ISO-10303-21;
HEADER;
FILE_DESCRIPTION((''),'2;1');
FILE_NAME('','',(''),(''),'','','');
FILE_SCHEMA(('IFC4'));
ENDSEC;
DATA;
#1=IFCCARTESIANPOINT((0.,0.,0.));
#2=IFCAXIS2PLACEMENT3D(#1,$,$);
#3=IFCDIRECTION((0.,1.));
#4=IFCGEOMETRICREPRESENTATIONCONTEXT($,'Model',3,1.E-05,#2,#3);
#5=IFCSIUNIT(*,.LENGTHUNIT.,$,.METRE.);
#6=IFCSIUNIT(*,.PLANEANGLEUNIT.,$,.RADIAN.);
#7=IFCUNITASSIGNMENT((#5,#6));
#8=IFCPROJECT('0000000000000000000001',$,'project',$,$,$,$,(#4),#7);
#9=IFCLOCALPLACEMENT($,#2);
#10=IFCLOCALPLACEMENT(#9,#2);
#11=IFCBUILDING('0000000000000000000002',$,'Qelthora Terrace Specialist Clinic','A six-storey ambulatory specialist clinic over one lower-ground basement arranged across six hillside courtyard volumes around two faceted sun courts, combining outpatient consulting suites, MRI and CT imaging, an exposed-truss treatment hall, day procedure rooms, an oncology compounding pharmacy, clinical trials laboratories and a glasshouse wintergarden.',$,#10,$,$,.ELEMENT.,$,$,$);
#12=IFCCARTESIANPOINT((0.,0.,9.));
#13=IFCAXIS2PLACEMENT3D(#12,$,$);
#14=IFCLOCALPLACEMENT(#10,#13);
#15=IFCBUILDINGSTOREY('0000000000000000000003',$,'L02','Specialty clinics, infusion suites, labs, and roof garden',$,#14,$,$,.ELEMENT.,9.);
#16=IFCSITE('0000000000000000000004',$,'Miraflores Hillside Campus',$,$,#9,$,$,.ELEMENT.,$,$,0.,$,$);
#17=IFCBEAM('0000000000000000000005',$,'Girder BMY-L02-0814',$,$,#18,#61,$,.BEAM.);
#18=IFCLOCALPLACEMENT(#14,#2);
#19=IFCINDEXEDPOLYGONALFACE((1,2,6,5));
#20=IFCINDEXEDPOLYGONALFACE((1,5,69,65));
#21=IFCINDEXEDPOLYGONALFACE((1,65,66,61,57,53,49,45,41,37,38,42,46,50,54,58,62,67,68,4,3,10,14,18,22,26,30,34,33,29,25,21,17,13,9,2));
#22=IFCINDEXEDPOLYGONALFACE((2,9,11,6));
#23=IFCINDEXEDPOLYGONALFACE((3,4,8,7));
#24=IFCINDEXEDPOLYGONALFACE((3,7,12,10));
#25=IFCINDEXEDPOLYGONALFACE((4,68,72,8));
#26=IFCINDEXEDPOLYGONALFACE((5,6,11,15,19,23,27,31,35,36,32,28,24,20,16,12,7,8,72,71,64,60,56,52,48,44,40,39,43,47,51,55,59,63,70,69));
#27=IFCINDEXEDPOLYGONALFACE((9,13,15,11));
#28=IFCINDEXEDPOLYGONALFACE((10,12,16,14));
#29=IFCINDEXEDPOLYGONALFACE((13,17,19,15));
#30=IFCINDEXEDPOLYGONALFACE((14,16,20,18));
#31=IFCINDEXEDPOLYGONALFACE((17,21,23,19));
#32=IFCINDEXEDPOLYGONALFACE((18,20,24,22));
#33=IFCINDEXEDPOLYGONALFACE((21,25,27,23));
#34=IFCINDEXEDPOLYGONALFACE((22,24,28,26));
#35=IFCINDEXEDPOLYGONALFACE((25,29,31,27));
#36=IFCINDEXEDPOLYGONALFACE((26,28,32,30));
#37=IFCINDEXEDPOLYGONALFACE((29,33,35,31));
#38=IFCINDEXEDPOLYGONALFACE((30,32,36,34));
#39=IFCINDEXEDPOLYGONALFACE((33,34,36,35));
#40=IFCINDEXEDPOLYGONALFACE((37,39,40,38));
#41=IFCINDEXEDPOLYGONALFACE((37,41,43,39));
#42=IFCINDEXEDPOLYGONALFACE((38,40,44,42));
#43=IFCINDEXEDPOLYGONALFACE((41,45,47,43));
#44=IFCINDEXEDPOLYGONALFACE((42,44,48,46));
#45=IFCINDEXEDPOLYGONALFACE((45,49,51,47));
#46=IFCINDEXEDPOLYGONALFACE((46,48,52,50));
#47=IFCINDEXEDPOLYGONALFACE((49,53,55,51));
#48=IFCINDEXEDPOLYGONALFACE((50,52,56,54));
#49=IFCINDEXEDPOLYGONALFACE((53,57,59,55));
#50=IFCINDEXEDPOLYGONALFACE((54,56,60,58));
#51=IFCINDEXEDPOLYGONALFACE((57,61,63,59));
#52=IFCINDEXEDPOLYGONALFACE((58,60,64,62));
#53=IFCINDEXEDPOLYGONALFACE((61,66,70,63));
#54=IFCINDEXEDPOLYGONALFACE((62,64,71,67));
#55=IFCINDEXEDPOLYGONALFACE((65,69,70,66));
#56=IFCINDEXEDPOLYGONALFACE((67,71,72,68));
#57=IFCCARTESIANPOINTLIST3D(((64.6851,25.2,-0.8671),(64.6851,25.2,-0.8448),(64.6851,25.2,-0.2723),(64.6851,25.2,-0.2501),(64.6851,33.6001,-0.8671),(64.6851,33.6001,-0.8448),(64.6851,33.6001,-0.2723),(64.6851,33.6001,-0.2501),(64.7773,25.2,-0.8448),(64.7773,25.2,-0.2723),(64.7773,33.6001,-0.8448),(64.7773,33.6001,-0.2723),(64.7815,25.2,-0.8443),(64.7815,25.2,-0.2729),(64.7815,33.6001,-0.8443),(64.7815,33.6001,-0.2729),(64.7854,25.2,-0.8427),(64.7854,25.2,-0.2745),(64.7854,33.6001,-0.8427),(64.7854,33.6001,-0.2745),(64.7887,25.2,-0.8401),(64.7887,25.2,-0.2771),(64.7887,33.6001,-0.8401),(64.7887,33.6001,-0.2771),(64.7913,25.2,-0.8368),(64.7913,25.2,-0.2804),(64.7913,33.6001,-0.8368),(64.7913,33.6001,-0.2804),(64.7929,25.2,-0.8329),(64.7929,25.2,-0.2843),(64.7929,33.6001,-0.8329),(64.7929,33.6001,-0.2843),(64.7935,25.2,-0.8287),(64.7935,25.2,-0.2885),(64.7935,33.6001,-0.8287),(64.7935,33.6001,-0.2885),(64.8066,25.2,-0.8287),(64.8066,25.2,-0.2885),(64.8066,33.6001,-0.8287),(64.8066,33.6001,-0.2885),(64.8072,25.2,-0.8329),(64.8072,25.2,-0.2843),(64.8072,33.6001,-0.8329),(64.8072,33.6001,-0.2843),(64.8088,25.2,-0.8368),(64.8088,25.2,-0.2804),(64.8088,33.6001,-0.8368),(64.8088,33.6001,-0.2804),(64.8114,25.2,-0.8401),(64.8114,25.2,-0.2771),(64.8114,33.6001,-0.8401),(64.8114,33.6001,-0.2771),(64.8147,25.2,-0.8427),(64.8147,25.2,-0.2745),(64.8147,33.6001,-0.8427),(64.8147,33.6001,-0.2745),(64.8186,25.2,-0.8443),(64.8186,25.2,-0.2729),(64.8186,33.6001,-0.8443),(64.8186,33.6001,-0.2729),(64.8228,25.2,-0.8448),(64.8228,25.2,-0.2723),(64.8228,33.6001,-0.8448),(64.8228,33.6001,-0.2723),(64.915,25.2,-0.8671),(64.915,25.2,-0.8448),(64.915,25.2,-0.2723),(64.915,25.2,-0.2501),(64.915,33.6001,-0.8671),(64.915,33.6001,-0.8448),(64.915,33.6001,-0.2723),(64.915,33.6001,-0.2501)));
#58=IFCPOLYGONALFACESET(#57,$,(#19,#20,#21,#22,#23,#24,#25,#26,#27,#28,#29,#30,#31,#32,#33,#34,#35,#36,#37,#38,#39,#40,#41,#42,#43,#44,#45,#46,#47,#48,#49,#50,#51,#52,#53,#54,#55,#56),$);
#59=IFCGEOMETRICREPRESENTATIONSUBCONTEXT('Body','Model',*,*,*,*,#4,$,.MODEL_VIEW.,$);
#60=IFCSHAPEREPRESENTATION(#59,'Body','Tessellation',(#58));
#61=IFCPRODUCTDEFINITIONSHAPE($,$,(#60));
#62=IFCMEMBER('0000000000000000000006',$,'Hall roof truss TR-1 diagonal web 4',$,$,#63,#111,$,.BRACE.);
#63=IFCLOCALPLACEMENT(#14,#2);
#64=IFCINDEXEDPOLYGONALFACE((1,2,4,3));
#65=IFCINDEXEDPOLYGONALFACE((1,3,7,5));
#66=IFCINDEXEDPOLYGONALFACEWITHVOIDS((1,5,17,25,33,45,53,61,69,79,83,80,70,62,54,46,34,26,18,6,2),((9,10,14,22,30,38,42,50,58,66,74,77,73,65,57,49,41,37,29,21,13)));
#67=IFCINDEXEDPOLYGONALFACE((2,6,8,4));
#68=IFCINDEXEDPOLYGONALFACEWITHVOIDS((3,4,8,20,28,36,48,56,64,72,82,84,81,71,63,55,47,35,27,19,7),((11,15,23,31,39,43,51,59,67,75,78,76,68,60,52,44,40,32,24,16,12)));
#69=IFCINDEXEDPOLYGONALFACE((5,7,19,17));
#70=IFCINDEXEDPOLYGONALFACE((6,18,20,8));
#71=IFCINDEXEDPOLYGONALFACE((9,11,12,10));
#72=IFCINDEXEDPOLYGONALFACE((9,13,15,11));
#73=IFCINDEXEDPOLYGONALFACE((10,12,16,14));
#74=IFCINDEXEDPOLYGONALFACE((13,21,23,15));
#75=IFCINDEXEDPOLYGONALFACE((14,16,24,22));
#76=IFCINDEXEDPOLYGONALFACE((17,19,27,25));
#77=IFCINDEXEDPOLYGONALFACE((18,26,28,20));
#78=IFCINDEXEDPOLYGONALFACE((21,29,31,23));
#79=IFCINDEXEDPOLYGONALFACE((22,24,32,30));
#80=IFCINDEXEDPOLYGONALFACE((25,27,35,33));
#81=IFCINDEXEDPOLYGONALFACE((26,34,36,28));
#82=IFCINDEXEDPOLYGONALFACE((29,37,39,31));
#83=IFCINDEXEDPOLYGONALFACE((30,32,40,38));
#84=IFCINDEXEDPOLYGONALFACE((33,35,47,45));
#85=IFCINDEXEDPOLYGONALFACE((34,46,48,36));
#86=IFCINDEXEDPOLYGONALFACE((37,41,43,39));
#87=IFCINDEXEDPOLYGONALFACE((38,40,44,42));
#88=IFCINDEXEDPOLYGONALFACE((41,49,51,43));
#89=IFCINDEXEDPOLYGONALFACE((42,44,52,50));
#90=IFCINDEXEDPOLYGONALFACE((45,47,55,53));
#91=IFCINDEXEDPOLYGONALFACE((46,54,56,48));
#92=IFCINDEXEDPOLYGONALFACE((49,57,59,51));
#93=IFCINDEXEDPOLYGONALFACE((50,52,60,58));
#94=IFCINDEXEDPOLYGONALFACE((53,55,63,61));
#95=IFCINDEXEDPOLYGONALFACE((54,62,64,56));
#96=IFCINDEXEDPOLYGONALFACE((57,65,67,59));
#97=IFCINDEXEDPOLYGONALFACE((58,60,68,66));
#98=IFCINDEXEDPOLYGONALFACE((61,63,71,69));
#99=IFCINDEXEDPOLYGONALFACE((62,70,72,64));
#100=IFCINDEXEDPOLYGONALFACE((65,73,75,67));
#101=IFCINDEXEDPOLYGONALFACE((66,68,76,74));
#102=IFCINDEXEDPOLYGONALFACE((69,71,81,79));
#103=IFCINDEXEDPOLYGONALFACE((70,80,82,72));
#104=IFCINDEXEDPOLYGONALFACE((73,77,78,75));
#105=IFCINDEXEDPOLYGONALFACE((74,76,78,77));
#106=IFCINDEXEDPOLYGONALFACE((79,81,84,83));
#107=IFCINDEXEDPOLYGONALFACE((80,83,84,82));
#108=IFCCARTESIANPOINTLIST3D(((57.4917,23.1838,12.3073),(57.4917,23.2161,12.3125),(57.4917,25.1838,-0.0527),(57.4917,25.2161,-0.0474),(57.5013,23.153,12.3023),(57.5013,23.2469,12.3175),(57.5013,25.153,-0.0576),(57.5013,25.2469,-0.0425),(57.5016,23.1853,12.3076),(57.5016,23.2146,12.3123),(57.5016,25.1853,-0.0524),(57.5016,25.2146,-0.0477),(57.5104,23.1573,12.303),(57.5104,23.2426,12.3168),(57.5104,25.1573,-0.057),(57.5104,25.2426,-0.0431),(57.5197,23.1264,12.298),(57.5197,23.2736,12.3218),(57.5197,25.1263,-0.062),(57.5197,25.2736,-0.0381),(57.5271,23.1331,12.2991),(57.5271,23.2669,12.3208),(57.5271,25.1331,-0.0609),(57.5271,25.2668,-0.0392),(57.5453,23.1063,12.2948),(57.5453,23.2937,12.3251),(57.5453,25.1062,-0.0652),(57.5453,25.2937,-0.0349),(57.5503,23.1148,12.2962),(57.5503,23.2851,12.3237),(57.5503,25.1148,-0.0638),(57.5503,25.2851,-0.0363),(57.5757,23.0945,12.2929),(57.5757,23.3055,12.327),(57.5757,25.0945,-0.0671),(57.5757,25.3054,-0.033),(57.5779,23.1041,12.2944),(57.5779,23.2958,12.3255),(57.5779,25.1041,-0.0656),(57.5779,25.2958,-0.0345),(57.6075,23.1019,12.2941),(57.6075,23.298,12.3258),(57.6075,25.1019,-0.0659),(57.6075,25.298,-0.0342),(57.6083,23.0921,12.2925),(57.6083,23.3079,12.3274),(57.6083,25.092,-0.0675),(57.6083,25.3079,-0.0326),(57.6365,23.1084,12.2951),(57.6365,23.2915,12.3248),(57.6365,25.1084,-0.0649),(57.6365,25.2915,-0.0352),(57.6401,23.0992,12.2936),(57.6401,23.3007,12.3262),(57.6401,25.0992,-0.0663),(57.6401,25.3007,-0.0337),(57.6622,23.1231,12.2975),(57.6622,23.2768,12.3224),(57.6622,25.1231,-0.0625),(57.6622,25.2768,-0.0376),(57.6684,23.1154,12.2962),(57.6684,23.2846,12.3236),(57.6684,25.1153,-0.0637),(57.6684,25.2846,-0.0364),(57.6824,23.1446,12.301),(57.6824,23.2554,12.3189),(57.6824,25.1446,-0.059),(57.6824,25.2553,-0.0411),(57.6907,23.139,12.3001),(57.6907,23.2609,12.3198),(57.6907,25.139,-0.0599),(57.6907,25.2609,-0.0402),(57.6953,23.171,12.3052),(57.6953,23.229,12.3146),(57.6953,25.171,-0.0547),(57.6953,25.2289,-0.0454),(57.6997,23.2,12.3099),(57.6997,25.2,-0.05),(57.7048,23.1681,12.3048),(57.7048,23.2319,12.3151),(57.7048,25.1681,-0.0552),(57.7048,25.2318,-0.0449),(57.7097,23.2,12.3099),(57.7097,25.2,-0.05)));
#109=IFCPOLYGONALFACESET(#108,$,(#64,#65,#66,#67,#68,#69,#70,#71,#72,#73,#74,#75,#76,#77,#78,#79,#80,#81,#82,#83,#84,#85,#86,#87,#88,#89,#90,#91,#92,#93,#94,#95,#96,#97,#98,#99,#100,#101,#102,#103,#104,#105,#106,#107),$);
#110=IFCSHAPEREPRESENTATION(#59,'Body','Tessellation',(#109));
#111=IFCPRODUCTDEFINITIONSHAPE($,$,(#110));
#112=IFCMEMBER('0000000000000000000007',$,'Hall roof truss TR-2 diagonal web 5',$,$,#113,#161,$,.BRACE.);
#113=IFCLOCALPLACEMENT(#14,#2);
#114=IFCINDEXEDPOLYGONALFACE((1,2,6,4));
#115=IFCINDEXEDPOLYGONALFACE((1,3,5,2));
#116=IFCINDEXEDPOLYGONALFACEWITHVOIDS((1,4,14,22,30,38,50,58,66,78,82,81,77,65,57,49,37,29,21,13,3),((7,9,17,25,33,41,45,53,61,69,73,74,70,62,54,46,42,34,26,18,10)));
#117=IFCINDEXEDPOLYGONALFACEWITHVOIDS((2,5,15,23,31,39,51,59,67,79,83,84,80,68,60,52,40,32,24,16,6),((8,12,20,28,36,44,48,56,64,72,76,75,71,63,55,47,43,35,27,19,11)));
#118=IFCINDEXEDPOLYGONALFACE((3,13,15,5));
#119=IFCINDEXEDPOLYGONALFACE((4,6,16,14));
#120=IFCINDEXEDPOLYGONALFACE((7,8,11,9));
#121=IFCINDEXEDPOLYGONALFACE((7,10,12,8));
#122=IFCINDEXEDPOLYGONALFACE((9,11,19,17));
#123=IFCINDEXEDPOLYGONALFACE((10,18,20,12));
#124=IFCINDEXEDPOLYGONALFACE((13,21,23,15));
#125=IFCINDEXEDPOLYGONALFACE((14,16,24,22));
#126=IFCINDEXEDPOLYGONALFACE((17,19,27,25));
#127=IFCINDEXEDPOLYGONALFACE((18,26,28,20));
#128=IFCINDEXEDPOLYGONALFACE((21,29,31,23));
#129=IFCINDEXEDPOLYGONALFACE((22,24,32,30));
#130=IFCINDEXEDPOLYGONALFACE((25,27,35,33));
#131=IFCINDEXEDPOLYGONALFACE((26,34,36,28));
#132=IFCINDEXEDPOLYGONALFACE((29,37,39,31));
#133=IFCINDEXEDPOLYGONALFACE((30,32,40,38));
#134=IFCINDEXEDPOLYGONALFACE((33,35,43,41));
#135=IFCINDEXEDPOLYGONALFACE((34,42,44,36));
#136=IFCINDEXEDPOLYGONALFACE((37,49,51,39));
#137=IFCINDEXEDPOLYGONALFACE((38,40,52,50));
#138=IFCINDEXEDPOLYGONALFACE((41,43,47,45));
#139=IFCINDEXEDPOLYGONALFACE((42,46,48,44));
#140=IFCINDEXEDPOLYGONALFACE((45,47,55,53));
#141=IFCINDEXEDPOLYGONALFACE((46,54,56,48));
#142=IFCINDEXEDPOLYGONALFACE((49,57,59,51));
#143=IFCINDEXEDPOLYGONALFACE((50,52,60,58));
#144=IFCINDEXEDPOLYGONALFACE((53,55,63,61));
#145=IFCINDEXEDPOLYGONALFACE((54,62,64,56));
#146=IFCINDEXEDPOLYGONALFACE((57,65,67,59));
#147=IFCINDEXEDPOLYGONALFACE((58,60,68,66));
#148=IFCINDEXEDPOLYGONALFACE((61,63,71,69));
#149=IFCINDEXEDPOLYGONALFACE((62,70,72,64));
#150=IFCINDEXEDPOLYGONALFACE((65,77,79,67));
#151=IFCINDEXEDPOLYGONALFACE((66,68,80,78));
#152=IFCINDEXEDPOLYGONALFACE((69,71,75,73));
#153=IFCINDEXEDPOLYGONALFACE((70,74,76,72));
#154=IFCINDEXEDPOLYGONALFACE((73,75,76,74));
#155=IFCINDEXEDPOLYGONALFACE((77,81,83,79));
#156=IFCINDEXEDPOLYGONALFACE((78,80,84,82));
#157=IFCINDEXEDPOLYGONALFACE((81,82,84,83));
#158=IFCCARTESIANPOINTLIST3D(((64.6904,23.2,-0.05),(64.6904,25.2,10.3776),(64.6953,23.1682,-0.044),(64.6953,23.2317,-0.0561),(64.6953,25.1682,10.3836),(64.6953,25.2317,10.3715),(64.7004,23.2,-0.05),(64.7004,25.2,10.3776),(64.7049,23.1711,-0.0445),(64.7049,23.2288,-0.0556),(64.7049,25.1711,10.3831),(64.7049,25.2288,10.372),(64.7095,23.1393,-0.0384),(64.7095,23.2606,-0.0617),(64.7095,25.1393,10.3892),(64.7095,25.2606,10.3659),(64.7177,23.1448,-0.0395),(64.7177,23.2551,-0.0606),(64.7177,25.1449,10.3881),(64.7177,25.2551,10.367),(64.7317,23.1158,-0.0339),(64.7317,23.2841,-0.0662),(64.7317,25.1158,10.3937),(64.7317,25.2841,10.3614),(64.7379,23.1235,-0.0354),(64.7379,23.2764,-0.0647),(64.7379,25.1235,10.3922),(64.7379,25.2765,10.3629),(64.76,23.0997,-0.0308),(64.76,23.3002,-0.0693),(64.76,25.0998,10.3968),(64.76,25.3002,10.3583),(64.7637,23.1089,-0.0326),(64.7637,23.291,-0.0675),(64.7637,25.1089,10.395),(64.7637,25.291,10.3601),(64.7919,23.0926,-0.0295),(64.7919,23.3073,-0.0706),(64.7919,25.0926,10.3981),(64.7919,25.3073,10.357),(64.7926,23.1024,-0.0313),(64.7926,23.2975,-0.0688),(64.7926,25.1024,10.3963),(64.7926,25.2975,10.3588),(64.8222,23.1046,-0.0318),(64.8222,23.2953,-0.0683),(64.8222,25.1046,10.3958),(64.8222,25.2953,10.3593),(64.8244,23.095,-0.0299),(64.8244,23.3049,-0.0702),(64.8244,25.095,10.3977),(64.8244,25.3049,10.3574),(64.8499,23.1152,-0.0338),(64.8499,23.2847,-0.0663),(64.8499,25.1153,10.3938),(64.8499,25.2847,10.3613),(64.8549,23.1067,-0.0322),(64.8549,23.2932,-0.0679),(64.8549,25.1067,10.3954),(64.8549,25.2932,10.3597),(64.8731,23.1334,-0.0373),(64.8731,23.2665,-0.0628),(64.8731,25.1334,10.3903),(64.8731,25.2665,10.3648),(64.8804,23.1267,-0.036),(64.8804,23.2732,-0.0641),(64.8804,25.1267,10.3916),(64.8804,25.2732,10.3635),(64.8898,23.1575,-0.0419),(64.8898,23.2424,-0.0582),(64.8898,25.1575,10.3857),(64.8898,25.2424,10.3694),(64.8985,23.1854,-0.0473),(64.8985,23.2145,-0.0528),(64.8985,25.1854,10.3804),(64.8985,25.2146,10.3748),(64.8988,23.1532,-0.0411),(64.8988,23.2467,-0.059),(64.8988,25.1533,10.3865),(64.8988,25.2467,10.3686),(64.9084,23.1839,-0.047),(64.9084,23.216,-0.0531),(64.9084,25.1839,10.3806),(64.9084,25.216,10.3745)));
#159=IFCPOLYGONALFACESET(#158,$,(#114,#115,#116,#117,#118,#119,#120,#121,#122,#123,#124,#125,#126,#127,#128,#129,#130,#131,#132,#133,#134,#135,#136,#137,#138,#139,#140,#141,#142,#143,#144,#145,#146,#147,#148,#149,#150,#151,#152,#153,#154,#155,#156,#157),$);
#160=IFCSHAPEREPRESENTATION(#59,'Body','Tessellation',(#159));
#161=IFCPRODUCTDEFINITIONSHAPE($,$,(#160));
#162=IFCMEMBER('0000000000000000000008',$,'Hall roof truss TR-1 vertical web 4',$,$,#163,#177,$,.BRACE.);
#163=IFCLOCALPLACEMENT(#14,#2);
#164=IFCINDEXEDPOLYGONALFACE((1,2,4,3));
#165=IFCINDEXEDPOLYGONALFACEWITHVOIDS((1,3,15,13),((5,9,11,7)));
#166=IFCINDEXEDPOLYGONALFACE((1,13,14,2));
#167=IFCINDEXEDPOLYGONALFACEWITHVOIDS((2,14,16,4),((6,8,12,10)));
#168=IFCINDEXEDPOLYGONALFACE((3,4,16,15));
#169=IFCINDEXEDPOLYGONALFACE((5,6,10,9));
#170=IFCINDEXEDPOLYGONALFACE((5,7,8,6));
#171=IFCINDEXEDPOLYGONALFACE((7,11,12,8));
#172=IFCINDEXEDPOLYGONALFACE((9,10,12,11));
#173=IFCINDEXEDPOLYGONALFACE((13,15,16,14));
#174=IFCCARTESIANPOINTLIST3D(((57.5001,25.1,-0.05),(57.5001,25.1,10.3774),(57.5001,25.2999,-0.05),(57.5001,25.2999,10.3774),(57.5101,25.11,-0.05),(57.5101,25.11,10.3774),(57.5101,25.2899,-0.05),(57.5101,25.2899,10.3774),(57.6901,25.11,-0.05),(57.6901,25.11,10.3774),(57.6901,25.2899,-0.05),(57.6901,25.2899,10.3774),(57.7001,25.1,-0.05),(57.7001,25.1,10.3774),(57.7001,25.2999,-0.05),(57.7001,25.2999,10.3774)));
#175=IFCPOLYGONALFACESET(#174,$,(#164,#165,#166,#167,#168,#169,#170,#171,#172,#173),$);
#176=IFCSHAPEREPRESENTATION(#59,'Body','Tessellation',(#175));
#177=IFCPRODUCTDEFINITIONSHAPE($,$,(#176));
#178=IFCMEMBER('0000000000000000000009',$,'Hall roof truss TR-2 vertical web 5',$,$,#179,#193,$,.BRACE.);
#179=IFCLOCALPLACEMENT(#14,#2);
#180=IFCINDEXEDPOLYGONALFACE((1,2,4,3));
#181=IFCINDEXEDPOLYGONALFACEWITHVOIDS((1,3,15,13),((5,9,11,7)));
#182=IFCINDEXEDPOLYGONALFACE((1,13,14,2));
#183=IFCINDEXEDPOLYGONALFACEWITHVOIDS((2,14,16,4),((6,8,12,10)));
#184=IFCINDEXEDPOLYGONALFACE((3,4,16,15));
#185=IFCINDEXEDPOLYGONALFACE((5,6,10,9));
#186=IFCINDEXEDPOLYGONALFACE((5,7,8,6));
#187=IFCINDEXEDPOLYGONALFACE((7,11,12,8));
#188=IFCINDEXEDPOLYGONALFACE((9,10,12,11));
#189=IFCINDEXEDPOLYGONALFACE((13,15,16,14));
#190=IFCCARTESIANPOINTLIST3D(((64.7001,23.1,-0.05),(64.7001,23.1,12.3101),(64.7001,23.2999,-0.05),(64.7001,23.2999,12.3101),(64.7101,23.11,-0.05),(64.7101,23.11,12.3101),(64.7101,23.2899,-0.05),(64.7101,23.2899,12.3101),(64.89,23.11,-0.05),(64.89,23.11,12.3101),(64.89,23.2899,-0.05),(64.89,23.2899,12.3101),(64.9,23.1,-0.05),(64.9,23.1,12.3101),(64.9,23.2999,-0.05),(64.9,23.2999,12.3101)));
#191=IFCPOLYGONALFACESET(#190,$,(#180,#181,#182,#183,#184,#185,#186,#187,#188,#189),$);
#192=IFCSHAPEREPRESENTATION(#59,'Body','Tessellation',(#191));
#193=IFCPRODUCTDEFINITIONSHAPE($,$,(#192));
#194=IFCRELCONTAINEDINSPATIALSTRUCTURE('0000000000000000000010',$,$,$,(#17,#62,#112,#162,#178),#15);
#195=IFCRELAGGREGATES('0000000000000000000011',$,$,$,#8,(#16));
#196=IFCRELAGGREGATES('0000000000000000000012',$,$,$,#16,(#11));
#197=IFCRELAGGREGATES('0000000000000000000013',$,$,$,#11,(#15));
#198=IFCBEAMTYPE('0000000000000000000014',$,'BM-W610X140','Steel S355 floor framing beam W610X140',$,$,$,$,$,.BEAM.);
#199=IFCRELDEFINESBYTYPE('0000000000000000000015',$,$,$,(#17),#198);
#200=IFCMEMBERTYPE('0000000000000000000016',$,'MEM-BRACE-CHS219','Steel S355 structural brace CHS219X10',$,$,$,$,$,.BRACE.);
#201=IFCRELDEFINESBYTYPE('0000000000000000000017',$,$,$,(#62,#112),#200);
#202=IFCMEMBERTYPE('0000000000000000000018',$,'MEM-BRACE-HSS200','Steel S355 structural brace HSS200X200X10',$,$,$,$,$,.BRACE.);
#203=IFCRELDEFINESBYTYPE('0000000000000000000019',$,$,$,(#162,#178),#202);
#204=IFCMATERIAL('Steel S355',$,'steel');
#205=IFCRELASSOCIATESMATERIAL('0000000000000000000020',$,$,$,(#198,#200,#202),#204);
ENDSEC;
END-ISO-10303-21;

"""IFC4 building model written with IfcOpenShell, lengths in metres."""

from ifc_helpers import new_model, si_unit, direction, frame, origin, origin_2d, place, context, subcontext, project, spatial, hollow_rectangle, hollow_circle, i_section, extrude, material, material_profile, profile_set, type_object, element, save


model = new_model("IFC4")

# Units and contexts
model_context = context("Model", 3, precision=1e-05, world=origin(), true_north=direction((0.0, 1.0)))
body_context = subcontext(model_context, "Body", "Model", "MODEL_VIEW")
ifc_project = project(units=[si_unit("LENGTHUNIT", "METRE"), si_unit("PLANEANGLEUNIT", "RADIAN")], contexts=[model_context])

# Site, building, storey
site_placement = place(None, origin())
site = spatial("IfcSite", under=ifc_project, at=site_placement, Name="Miraflores Hillside Campus", CompositionType="ELEMENT", RefElevation=0.0)
building_placement = place(site_placement, origin())
building = spatial("IfcBuilding", under=site, at=building_placement, Name="Qelthora Terrace Specialist Clinic", Description="A six-storey ambulatory specialist clinic over one lower-ground basement arranged across six hillside courtyard volumes around two faceted sun courts, combining outpatient consulting suites, MRI and CT imaging, an exposed-truss treatment hall, day procedure rooms, an oncology compounding pharmacy, clinical trials laboratories and a glasshouse wintergarden.", CompositionType="ELEMENT")
storey_placement = place(building_placement, frame((0.0, 0.0, 9.0)))
storey = spatial("IfcBuildingStorey", under=building, at=storey_placement, Name="L02", Description="Specialty clinics, infusion suites, labs, and roof garden", CompositionType="ELEMENT", Elevation=9.0)

# Beam
ifc_material_1 = material(Name="Steel S355", Category="steel")
ifc_material_profile_1 = material_profile(ifc_material_1, i_section(OverallWidth=0.23, OverallDepth=0.6169, WebThickness=0.0132, FlangeThickness=0.0222, FilletRadius=0.0161, at=origin_2d()), Name="W610X140")
ifc_profile_set_1 = profile_set([ifc_material_profile_1], Name="Steel S355")
beam_type_1 = type_object("IfcBeamType", Name="BM-W610X140", Description="Steel S355 floor framing beam W610X140", PredefinedType="BEAM", material=ifc_profile_set_1)
beam_1_placement = place(storey_placement, frame((64.8, 25.2, -0.5586), z_axis=(0.0, 1.0, 0.0), x_axis=(-1.0, 0.0, 0.0)))
element("IfcBeam", 1, at=beam_1_placement, inside=storey, type_object=beam_type_1, Name="Girder BMY-L02-0814", PredefinedType="BEAM", context=body_context, shape_type="SweptSolid", body=[
    extrude(i_section(OverallWidth=0.23, OverallDepth=0.6169, WebThickness=0.0132, FlangeThickness=0.0222, FilletRadius=0.0161, at=origin_2d()), origin(), (0.0, 0.0, 1.0), 8.4001),
])

# Members
ifc_material_profile_2 = material_profile(ifc_material_1, hollow_circle(Radius=0.1096, WallThickness=0.01, at=origin_2d()), Name="CHS219X10")
ifc_profile_set_2 = profile_set([ifc_material_profile_2], Name="Steel S355")
member_type_1 = type_object("IfcMemberType", Name="MEM-BRACE-CHS219", Description="Steel S355 structural brace CHS219X10", PredefinedType="BRACE", material=ifc_profile_set_2)
member_1_placement = place(storey_placement, frame((57.6001, 25.2, -0.05), z_axis=(0.0, -0.159733, 0.98716), x_axis=(1.0, 0.0, 0.0)))
element("IfcMember", 2, at=member_1_placement, inside=storey, type_object=member_type_1, Name="Hall roof truss TR-1 diagonal web 4", PredefinedType="BRACE", context=body_context, shape_type="SweptSolid", body=[
    extrude(hollow_circle(Radius=0.1096, WallThickness=0.01, at=origin_2d()), origin(), (0.0, 0.0, 1.0), 12.5208),
])
member_2_placement = place(storey_placement, frame((64.8, 23.2, -0.05), z_axis=(0.0, 0.188367, 0.982099), x_axis=(-1.0, 0.0, 0.0)))
element("IfcMember", 3, at=member_2_placement, inside=storey, type_object=member_type_1, Name="Hall roof truss TR-2 diagonal web 5", PredefinedType="BRACE", context=body_context, shape_type="SweptSolid", body=[
    extrude(hollow_circle(Radius=0.1096, WallThickness=0.01, at=origin_2d()), origin(), (0.0, 0.0, 1.0), 10.6177),
])
ifc_material_profile_3 = material_profile(ifc_material_1, hollow_rectangle(XDim=0.2, YDim=0.2, WallThickness=0.01, at=origin_2d()), Name="HSS200X200X10")
ifc_profile_set_3 = profile_set([ifc_material_profile_3], Name="Steel S355")
member_type_2 = type_object("IfcMemberType", Name="MEM-BRACE-HSS200", Description="Steel S355 structural brace HSS200X200X10", PredefinedType="BRACE", material=ifc_profile_set_3)
member_3_placement = place(storey_placement, frame((57.6001, 25.2, -0.05), z_axis=(0.0, 0.0, 1.0), x_axis=(1.0, 0.0, 0.0)))
element("IfcMember", 4, at=member_3_placement, inside=storey, type_object=member_type_2, Name="Hall roof truss TR-1 vertical web 4", PredefinedType="BRACE", context=body_context, shape_type="SweptSolid", body=[
    extrude(hollow_rectangle(XDim=0.2, YDim=0.2, WallThickness=0.01, at=origin_2d()), origin(), (0.0, 0.0, 1.0), 10.4275),
])
member_4_placement = place(storey_placement, frame((64.8, 23.2, -0.05), z_axis=(0.0, 0.0, 1.0), x_axis=(1.0, 0.0, 0.0)))
element("IfcMember", 5, at=member_4_placement, inside=storey, type_object=member_type_2, Name="Hall roof truss TR-2 vertical web 5", PredefinedType="BRACE", context=body_context, shape_type="SweptSolid", body=[
    extrude(hollow_rectangle(XDim=0.2, YDim=0.2, WallThickness=0.01, at=origin_2d()), origin(), (0.0, 0.0, 1.0), 12.3601),
])

save(model, "model.ifc")
